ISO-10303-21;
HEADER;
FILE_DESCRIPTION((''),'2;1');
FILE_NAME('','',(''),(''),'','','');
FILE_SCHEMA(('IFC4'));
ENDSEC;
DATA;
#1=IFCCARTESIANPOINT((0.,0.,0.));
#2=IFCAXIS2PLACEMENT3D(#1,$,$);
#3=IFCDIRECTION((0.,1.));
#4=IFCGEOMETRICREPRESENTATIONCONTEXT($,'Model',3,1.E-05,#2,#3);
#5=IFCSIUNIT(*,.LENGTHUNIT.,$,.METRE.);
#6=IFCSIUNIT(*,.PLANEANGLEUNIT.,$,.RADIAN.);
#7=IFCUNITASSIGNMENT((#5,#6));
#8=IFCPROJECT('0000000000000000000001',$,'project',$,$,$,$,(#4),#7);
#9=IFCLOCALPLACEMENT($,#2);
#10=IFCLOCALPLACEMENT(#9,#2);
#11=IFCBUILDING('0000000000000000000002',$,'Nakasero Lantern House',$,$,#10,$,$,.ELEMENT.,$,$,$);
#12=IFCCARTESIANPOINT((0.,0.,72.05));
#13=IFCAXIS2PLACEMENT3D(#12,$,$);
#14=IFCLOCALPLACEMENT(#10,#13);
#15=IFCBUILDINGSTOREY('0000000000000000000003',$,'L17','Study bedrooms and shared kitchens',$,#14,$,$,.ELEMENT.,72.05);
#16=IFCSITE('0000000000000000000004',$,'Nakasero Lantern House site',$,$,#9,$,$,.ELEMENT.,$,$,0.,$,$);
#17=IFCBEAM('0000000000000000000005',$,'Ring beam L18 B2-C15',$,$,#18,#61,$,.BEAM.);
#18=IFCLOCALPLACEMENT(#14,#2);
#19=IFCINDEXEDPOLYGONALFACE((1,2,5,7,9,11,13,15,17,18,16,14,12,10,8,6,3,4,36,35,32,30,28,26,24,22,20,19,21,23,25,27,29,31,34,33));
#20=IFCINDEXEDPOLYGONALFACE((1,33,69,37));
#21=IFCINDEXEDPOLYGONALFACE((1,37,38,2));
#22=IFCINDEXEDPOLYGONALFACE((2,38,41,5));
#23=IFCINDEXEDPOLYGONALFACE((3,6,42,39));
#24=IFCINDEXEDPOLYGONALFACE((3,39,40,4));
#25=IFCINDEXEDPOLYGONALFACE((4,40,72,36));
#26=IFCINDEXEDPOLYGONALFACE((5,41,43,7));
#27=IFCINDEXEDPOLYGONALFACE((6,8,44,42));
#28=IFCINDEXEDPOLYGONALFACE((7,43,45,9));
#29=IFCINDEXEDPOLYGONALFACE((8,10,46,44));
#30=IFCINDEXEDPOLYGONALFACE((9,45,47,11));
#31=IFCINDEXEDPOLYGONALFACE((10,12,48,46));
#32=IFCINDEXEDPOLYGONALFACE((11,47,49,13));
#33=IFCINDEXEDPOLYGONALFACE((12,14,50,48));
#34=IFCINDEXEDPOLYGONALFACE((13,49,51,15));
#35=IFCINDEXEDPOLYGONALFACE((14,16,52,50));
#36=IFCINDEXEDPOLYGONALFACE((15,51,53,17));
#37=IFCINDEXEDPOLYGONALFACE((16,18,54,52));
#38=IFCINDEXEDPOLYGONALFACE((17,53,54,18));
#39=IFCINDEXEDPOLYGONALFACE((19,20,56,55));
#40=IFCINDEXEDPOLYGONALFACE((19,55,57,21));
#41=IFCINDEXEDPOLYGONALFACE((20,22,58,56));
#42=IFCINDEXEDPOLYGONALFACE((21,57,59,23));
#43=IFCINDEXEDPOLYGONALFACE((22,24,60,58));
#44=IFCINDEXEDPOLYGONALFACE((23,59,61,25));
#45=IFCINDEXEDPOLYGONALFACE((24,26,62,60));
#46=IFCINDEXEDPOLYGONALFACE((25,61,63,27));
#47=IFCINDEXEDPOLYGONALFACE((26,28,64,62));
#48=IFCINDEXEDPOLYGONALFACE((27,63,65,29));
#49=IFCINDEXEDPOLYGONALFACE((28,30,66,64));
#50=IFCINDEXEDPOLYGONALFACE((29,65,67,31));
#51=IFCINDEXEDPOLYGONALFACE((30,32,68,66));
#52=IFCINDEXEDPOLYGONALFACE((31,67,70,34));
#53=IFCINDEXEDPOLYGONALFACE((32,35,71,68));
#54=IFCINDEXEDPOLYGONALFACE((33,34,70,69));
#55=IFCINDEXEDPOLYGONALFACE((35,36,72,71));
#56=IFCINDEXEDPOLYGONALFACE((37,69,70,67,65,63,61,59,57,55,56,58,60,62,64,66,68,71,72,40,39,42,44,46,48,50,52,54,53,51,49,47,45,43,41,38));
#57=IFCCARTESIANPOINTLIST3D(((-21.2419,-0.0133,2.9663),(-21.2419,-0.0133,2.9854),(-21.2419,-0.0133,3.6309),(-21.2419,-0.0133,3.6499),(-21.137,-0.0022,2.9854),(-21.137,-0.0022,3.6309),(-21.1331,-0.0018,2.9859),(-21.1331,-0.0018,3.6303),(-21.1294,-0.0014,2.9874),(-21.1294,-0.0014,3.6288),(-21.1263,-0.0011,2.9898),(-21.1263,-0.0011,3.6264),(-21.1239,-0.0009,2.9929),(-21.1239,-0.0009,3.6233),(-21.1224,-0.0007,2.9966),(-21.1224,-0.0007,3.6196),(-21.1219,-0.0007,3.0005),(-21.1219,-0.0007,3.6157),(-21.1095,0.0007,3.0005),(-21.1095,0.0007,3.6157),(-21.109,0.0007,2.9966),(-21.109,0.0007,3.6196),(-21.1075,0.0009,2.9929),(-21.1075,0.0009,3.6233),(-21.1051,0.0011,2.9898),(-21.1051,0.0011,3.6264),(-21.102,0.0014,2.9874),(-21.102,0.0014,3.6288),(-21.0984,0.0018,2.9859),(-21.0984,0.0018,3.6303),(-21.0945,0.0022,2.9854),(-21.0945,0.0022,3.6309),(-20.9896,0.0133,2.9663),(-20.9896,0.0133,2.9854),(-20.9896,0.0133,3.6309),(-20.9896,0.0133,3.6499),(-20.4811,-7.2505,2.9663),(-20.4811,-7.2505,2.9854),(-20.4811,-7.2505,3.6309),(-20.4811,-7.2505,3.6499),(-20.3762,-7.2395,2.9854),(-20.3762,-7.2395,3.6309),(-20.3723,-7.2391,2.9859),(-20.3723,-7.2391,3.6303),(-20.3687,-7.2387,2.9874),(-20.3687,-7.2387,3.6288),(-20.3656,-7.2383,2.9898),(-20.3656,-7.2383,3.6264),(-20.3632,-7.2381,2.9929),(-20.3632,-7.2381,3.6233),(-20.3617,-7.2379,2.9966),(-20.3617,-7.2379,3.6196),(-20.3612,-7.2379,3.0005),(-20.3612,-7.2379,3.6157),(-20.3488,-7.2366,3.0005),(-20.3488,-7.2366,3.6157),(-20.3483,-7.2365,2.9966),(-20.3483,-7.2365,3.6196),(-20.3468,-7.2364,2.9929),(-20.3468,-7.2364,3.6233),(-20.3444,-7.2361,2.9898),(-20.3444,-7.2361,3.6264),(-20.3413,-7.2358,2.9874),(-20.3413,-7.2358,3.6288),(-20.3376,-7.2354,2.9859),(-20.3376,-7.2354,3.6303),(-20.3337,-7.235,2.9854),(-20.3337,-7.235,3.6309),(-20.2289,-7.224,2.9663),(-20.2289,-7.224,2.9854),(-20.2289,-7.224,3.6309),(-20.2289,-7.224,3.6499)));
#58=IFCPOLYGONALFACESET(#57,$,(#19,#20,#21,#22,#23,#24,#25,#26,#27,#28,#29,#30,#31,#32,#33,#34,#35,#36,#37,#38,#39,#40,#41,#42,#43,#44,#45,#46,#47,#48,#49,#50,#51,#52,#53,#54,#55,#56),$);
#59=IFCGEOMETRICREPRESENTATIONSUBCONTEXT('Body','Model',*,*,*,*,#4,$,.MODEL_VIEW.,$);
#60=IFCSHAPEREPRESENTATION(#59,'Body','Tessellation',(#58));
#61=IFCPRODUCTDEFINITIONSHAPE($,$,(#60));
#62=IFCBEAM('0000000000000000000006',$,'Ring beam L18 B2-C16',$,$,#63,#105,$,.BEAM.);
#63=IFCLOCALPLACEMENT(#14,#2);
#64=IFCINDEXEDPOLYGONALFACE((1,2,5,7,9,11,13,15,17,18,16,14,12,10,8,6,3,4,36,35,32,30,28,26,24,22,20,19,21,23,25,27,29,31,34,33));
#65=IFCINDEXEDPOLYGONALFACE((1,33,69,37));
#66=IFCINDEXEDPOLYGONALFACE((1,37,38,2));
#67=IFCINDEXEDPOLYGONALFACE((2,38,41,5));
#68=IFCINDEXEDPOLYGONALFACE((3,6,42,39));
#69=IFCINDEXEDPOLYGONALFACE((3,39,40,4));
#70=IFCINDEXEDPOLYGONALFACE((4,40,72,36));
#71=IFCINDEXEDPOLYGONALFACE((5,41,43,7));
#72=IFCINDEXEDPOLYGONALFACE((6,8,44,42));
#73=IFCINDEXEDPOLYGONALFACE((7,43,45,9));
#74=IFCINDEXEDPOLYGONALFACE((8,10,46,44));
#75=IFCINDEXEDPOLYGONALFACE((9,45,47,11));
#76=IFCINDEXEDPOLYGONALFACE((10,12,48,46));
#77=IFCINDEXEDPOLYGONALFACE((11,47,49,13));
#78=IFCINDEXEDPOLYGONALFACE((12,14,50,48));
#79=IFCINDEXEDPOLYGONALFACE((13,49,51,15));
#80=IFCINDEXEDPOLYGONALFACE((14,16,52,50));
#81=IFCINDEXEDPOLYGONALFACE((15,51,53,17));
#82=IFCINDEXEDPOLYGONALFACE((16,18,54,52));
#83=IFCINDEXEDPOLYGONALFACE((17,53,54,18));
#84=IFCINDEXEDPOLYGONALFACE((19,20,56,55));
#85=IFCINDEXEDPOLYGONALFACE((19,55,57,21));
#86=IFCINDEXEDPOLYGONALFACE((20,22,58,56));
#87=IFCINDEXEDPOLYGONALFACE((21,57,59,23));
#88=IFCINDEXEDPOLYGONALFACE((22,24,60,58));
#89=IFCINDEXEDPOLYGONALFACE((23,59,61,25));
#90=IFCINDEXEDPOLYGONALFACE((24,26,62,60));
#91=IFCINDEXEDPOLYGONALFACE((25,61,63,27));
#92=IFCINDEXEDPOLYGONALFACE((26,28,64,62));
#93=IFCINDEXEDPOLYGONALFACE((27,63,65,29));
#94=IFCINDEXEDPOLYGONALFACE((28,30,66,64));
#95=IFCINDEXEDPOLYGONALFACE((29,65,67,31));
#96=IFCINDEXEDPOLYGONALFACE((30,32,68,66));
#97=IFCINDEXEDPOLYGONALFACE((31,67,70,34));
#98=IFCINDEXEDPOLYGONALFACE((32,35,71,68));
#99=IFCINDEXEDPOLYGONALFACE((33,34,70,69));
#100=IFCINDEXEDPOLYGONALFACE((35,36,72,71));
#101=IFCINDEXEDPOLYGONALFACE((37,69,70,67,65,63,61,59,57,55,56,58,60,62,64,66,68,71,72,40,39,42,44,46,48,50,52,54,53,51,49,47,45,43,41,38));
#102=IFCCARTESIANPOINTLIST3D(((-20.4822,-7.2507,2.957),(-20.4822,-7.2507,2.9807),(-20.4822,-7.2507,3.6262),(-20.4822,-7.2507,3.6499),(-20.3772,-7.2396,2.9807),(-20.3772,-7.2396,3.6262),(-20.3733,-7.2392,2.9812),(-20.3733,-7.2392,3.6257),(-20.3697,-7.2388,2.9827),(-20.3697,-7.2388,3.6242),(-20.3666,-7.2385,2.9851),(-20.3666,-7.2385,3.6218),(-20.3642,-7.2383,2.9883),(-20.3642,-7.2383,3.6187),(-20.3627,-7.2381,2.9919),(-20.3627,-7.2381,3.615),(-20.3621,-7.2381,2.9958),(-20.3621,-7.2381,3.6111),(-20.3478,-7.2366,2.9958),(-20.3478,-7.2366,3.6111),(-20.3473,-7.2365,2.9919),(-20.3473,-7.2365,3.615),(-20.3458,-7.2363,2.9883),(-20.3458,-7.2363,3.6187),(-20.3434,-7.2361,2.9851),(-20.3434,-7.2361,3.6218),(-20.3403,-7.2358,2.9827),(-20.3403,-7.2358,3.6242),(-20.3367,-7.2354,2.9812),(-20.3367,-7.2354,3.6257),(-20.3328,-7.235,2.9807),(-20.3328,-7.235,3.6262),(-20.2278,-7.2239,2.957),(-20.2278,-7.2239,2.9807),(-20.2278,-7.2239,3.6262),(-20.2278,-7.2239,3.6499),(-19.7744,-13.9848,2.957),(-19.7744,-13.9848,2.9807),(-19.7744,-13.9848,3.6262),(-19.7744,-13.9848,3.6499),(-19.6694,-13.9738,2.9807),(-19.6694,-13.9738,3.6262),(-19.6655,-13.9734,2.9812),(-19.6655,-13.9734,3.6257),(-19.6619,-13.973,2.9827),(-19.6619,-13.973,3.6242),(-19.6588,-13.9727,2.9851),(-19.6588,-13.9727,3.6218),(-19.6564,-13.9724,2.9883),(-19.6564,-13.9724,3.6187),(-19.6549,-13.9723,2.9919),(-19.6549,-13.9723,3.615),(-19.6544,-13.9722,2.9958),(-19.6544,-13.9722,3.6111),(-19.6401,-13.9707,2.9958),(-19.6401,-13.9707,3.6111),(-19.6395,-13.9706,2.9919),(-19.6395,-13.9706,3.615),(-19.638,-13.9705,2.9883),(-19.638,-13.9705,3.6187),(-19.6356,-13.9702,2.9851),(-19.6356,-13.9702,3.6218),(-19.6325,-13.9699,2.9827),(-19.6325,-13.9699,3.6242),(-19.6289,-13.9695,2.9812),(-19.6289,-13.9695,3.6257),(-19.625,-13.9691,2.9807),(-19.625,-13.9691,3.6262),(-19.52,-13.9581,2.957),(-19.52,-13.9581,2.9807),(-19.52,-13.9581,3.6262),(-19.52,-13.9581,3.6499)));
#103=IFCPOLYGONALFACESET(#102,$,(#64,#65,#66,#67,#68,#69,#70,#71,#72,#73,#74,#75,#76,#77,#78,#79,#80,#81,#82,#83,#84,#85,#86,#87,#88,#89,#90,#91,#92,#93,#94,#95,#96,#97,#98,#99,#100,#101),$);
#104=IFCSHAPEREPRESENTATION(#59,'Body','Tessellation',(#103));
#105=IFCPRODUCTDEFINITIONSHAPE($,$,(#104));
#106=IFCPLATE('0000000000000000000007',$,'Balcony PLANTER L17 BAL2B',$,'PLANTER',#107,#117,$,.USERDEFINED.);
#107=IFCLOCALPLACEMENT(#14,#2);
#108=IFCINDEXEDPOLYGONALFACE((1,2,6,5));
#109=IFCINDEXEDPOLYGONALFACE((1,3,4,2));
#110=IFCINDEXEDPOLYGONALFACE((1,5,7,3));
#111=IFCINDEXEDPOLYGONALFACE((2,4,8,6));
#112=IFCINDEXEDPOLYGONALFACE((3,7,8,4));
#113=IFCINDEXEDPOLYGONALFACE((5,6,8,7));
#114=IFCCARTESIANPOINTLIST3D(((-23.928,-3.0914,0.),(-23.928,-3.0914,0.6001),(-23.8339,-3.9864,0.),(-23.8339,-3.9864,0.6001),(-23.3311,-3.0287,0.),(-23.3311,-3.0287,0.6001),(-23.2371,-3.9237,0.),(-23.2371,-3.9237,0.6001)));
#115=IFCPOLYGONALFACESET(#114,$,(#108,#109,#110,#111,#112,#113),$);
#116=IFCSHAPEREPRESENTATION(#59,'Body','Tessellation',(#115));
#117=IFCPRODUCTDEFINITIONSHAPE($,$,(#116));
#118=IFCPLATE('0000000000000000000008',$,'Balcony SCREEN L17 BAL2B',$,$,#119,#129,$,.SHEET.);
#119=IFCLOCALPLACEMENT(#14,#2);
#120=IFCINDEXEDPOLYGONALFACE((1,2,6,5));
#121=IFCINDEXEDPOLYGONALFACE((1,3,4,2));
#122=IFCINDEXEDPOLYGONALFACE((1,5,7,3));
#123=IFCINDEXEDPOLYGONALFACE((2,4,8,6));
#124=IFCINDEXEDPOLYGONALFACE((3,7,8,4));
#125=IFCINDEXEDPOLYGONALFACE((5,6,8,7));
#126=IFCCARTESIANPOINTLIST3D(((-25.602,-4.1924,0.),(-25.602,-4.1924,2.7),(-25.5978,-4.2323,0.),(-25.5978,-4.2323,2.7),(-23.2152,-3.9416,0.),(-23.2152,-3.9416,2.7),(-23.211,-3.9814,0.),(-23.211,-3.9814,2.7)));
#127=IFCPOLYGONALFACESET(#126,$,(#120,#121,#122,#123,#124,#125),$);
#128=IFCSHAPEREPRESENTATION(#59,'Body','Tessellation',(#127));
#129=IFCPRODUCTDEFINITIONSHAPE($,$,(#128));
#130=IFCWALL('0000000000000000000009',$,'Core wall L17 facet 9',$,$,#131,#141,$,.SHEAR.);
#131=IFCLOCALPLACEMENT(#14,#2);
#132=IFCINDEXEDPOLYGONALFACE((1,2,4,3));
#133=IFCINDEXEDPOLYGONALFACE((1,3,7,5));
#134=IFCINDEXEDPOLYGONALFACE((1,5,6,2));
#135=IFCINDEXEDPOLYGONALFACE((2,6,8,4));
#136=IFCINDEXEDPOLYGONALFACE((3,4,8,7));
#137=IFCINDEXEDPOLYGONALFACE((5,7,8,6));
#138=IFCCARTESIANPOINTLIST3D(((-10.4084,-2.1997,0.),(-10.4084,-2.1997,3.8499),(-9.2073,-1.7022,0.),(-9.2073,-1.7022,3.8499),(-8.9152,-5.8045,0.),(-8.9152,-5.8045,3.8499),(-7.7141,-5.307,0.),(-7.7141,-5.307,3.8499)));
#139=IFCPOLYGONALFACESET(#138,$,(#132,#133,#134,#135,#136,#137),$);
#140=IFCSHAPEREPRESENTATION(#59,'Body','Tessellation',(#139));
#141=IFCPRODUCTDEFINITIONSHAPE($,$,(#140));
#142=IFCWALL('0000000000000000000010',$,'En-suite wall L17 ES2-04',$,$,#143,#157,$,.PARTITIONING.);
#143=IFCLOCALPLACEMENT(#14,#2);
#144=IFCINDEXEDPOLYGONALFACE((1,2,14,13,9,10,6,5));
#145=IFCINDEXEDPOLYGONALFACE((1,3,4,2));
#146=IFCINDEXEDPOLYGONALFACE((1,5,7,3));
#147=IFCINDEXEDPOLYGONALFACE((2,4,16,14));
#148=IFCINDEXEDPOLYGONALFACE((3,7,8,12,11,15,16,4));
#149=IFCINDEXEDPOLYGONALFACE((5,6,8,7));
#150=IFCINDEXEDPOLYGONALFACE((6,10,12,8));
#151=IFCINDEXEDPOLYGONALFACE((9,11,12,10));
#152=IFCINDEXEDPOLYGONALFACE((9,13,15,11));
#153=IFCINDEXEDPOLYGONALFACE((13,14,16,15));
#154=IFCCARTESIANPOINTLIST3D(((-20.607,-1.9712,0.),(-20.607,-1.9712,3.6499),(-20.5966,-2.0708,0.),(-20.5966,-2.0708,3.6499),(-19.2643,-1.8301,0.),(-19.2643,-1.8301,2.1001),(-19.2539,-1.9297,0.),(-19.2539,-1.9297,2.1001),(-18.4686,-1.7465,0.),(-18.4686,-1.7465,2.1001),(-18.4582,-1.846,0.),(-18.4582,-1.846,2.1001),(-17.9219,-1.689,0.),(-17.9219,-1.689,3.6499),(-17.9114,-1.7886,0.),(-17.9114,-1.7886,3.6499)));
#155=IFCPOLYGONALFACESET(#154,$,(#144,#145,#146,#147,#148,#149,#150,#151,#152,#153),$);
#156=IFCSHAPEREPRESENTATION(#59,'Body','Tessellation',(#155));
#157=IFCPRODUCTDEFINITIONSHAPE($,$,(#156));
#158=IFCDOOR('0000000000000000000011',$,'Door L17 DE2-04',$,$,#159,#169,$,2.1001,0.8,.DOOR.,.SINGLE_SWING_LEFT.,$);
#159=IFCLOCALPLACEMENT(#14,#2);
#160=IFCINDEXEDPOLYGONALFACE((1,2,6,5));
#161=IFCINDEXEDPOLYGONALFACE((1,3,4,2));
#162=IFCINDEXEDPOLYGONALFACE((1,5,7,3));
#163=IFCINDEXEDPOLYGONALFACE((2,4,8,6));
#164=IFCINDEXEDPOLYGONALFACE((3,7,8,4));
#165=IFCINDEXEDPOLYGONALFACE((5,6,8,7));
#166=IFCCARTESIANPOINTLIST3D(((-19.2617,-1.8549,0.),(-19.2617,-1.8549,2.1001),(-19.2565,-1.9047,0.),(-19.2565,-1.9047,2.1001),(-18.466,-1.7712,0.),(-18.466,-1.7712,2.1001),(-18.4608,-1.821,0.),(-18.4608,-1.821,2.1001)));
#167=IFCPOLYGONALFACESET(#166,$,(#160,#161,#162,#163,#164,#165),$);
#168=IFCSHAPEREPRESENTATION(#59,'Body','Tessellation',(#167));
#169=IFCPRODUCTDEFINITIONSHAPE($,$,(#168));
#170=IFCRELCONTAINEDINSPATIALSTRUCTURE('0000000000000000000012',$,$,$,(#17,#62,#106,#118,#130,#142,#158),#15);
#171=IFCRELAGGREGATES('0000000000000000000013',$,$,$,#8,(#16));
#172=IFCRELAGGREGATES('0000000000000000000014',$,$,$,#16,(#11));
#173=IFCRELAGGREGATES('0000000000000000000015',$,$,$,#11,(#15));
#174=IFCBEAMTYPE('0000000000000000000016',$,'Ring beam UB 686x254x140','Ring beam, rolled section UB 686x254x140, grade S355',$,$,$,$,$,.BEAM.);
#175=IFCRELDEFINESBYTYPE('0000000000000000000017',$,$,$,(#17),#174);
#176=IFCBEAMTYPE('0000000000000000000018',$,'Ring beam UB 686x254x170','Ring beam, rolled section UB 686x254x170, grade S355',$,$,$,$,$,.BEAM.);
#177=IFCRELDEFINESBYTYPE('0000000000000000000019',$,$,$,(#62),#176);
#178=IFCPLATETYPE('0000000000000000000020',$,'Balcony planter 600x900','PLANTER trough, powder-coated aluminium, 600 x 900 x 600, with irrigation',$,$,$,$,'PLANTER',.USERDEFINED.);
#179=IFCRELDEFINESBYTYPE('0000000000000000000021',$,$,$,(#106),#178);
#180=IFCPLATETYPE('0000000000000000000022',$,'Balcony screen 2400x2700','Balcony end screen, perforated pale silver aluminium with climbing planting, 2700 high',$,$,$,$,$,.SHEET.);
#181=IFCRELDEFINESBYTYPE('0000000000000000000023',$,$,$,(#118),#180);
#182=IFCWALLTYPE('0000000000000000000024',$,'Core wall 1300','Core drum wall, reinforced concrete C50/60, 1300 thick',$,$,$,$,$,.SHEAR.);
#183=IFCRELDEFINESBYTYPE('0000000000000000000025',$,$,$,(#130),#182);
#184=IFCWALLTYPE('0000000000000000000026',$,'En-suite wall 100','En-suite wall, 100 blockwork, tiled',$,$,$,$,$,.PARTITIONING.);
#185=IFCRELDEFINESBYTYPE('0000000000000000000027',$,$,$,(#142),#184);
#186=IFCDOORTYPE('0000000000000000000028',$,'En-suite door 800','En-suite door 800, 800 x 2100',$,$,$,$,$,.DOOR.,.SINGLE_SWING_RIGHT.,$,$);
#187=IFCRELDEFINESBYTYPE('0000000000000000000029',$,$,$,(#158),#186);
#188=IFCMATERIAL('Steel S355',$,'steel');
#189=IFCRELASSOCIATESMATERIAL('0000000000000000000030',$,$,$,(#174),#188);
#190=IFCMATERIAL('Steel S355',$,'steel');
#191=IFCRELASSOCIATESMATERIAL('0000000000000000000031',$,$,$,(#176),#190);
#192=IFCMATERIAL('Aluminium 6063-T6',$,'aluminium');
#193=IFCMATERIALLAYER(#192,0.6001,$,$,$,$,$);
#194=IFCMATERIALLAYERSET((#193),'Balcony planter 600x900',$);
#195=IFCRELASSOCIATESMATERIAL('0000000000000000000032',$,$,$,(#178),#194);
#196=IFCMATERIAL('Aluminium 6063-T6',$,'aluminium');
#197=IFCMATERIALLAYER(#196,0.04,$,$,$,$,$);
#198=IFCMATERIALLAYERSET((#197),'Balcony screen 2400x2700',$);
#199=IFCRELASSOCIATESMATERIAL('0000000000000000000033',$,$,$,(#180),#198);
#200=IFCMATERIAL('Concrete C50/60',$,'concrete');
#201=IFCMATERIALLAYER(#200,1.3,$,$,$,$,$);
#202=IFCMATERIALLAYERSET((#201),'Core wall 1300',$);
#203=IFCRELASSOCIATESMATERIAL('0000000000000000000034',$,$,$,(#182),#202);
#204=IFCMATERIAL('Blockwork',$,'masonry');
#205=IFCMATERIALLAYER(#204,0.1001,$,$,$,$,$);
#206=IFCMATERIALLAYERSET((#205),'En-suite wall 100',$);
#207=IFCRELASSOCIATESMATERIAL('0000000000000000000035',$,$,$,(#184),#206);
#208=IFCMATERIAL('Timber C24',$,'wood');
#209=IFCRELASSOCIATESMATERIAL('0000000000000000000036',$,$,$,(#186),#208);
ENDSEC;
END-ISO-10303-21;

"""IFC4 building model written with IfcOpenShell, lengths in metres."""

from ifc_helpers import new_model, si_unit, direction, frame, frame_2d, origin, origin_2d, place, context, subcontext, project, spatial, rectangle, i_section, extrude, material, layer, layer_set, material_profile, profile_set, type_object, element, fill, save


model = new_model("IFC4")

# Units and contexts
model_context = context("Model", 3, precision=1e-05, world=origin(), true_north=direction((0.0, 1.0)))
body_context = subcontext(model_context, "Body", "Model", "MODEL_VIEW")
ifc_project = project(units=[si_unit("LENGTHUNIT", "METRE"), si_unit("PLANEANGLEUNIT", "RADIAN")], contexts=[model_context])

# Site, building, storey
site_placement = place(None, origin())
site = spatial("IfcSite", under=ifc_project, at=site_placement, Name="Nakasero Lantern House site", CompositionType="ELEMENT", RefElevation=0.0)
building_placement = place(site_placement, origin())
building = spatial("IfcBuilding", under=site, at=building_placement, Name="Nakasero Lantern House", CompositionType="ELEMENT")
storey_placement = place(building_placement, frame((0.0, 0.0, 72.05)))
storey = spatial("IfcBuildingStorey", under=building, at=storey_placement, Name="L17", Description="Study bedrooms and shared kitchens", CompositionType="ELEMENT", Elevation=72.05)

# Beams
ifc_material_1 = material(Name="Steel S355", Category="steel")
ifc_material_profile_1 = material_profile(ifc_material_1, i_section(OverallWidth=0.2537, OverallDepth=0.6836, WebThickness=0.0125, FlangeThickness=0.019, FilletRadius=0.0151, at=origin_2d()), Name="UB 686x254x140")
ifc_profile_set_1 = profile_set([ifc_material_profile_1], Name="Steel S355")
beam_type_1 = type_object("IfcBeamType", Name="Ring beam UB 686x254x140", Description="Ring beam, rolled section UB 686x254x140, grade S355", PredefinedType="BEAM", material=ifc_profile_set_1)
beam_1_placement = place(storey_placement, frame((-21.1157, 0.0, 3.3081), z_axis=(0.104538, -0.994521, 0.0), x_axis=(0.994521, 0.104538, 0.0)))
element("IfcBeam", 1, at=beam_1_placement, inside=storey, type_object=beam_type_1, Name="Ring beam L18 B2-C15", PredefinedType="BEAM", context=body_context, shape_type="SweptSolid", body=[
    extrude(i_section(OverallWidth=0.2537, OverallDepth=0.6836, WebThickness=0.0125, FlangeThickness=0.019, FilletRadius=0.0151, at=origin_2d()), origin(), (0.0, 0.0, 1.0), 7.2771),
])
ifc_material_2 = material(Name="Steel S355", Category="steel")
ifc_material_profile_2 = material_profile(ifc_material_2, i_section(OverallWidth=0.2559, OverallDepth=0.6929, WebThickness=0.0144, FlangeThickness=0.0237, FilletRadius=0.0151, at=origin_2d()), Name="UB 686x254x170")
ifc_profile_set_2 = profile_set([ifc_material_profile_2], Name="Steel S355")
beam_type_2 = type_object("IfcBeamType", Name="Ring beam UB 686x254x170", Description="Ring beam, rolled section UB 686x254x170, grade S355", PredefinedType="BEAM", material=ifc_profile_set_2)
beam_2_placement = place(storey_placement, frame((-20.355, -7.2373, 3.3035), z_axis=(0.104525, -0.994522, 0.0), x_axis=(0.994522, 0.104525, 0.0)))
element("IfcBeam", 2, at=beam_2_placement, inside=storey, type_object=beam_type_2, Name="Ring beam L18 B2-C16", PredefinedType="BEAM", context=body_context, shape_type="SweptSolid", body=[
    extrude(i_section(OverallWidth=0.2559, OverallDepth=0.6929, WebThickness=0.0144, FlangeThickness=0.0237, FilletRadius=0.0151, at=origin_2d()), origin(), (0.0, 0.0, 1.0), 6.7712),
])

# Plates
ifc_material_3 = material(Name="Aluminium 6063-T6", Category="aluminium")
ifc_layer_1 = layer(ifc_material_3, 0.6001)
ifc_layer_set_1 = layer_set([ifc_layer_1], Name="Balcony planter 600x900")
plate_type_1 = type_object("IfcPlateType", Name="Balcony planter 600x900", Description="PLANTER trough, powder-coated aluminium, 600 x 900 x 600, with irrigation", ElementType="PLANTER", PredefinedType="USERDEFINED", material=ifc_layer_set_1)
plate_1_placement = place(storey_placement, frame((-23.5825, -3.5076, 0.0), z_axis=(0.0, 0.0, 1.0), x_axis=(-0.994522, -0.104528, 0.0)))
element("IfcPlate", 3, at=plate_1_placement, inside=storey, type_object=plate_type_1, Name="Balcony PLANTER L17 BAL2B", ObjectType="PLANTER", PredefinedType="USERDEFINED", context=body_context, shape_type="SweptSolid", body=[
    extrude(rectangle(XDim=0.6001, YDim=0.8999, at=origin_2d()), origin(), (0.0, 0.0, 1.0), 0.6001),
])
ifc_material_4 = material(Name="Aluminium 6063-T6", Category="aluminium")
ifc_layer_2 = layer(ifc_material_4, 0.04)
ifc_layer_set_2 = layer_set([ifc_layer_2], Name="Balcony screen 2400x2700")
plate_type_2 = type_object("IfcPlateType", Name="Balcony screen 2400x2700", Description="Balcony end screen, perforated pale silver aluminium with climbing planting, 2700 high", PredefinedType="SHEET", material=ifc_layer_set_2)
plate_2_placement = place(storey_placement, frame((-24.4065, -4.0869, 0.0), z_axis=(0.0, 0.0, 1.0), x_axis=(-0.994522, -0.104528, 0.0)))
element("IfcPlate", 4, at=plate_2_placement, inside=storey, type_object=plate_type_2, Name="Balcony SCREEN L17 BAL2B", PredefinedType="SHEET", context=body_context, shape_type="SweptSolid", body=[
    extrude(rectangle(XDim=2.3999, YDim=0.04, at=origin_2d()), origin(), (0.0, 0.0, 1.0), 2.7),
])

# Wall
ifc_material_5 = material(Name="Concrete C50/60", Category="concrete")
ifc_layer_3 = layer(ifc_material_5, 1.3)
ifc_layer_set_3 = layer_set([ifc_layer_3], Name="Core wall 1300")
wall_type_1 = type_object("IfcWallType", Name="Core wall 1300", Description="Core drum wall, reinforced concrete C50/60, 1300 thick", PredefinedType="SHEAR", material=ifc_layer_set_3)
wall_1_placement = place(storey_placement, frame((-9.8079, -1.9509, 0.0), z_axis=(0.0, 0.0, 1.0), x_axis=(0.382691, -0.923877, 0.0)))
element("IfcWall", 5, at=wall_1_placement, inside=storey, type_object=wall_type_1, Name="Core wall L17 facet 9", PredefinedType="SHEAR", context=body_context, shape_type="SweptSolid", body=[
    extrude(rectangle(XDim=3.9019, YDim=1.3, at=frame_2d((1.9509, 0.0))), origin(), (0.0, 0.0, 1.0), 3.8499),
])

# Wall, opening, door
ifc_material_6 = material(Name="Blockwork", Category="masonry")
ifc_layer_4 = layer(ifc_material_6, 0.1001)
ifc_layer_set_4 = layer_set([ifc_layer_4], Name="En-suite wall 100")
wall_type_2 = type_object("IfcWallType", Name="En-suite wall 100", Description="En-suite wall, 100 blockwork, tiled", PredefinedType="PARTITIONING", material=ifc_layer_set_4)
wall_2_placement = place(storey_placement, frame((-17.9165, -1.7388, 0.0), z_axis=(0.0, 0.0, 1.0), x_axis=(-0.994521, -0.104534, 0.0)))
wall_2 = element("IfcWall", 6, at=wall_2_placement, inside=storey, type_object=wall_type_2, Name="En-suite wall L17 ES2-04", PredefinedType="PARTITIONING", context=body_context, shape_type="SweptSolid", body=[
    extrude(rectangle(XDim=2.7, YDim=0.1001, at=frame_2d((1.3501, 0.0))), origin(), (0.0, 0.0, 1.0), 3.6499),
])
opening_1_placement = place(wall_2_placement, frame((0.55, 0.0, 0.0)))
opening_1 = element("IfcOpeningElement", 7, at=opening_1_placement, cuts=wall_2, PredefinedType="OPENING", context=body_context, shape_type="SweptSolid", body=[
    extrude(rectangle(XDim=0.8, YDim=2.1001, at=frame_2d((0.3999, 1.05))), frame((0.0, 0.0701, 0.0), z_axis=(0.0, -1.0, 0.0), x_axis=(1.0, 0.0, 0.0)), (0.0, 0.0, 1.0), 0.1401),
])
ifc_material_7 = material(Name="Timber C24", Category="wood")
door_type = type_object("IfcDoorType", Name="En-suite door 800", Description="En-suite door 800, 800 x 2100", OperationType="SINGLE_SWING_RIGHT", PredefinedType="DOOR", material=ifc_material_7)
door_1_placement = place(opening_1_placement, origin())
door_1 = element("IfcDoor", 8, at=door_1_placement, inside=storey, type_object=door_type, Name="Door L17 DE2-04", OperationType="SINGLE_SWING_LEFT", OverallHeight=2.1001, OverallWidth=0.8, PredefinedType="DOOR", context=body_context, shape_type="SweptSolid", body=[
    extrude(rectangle(XDim=0.8, YDim=2.1001, at=frame_2d((0.3999, 1.05))), frame((0.0, 0.0249, 0.0), z_axis=(0.0, -1.0, 0.0), x_axis=(1.0, 0.0, 0.0)), (0.0, 0.0, 1.0), 0.05),
])
fill(opening_1, door_1)

save(model, "model.ifc")
